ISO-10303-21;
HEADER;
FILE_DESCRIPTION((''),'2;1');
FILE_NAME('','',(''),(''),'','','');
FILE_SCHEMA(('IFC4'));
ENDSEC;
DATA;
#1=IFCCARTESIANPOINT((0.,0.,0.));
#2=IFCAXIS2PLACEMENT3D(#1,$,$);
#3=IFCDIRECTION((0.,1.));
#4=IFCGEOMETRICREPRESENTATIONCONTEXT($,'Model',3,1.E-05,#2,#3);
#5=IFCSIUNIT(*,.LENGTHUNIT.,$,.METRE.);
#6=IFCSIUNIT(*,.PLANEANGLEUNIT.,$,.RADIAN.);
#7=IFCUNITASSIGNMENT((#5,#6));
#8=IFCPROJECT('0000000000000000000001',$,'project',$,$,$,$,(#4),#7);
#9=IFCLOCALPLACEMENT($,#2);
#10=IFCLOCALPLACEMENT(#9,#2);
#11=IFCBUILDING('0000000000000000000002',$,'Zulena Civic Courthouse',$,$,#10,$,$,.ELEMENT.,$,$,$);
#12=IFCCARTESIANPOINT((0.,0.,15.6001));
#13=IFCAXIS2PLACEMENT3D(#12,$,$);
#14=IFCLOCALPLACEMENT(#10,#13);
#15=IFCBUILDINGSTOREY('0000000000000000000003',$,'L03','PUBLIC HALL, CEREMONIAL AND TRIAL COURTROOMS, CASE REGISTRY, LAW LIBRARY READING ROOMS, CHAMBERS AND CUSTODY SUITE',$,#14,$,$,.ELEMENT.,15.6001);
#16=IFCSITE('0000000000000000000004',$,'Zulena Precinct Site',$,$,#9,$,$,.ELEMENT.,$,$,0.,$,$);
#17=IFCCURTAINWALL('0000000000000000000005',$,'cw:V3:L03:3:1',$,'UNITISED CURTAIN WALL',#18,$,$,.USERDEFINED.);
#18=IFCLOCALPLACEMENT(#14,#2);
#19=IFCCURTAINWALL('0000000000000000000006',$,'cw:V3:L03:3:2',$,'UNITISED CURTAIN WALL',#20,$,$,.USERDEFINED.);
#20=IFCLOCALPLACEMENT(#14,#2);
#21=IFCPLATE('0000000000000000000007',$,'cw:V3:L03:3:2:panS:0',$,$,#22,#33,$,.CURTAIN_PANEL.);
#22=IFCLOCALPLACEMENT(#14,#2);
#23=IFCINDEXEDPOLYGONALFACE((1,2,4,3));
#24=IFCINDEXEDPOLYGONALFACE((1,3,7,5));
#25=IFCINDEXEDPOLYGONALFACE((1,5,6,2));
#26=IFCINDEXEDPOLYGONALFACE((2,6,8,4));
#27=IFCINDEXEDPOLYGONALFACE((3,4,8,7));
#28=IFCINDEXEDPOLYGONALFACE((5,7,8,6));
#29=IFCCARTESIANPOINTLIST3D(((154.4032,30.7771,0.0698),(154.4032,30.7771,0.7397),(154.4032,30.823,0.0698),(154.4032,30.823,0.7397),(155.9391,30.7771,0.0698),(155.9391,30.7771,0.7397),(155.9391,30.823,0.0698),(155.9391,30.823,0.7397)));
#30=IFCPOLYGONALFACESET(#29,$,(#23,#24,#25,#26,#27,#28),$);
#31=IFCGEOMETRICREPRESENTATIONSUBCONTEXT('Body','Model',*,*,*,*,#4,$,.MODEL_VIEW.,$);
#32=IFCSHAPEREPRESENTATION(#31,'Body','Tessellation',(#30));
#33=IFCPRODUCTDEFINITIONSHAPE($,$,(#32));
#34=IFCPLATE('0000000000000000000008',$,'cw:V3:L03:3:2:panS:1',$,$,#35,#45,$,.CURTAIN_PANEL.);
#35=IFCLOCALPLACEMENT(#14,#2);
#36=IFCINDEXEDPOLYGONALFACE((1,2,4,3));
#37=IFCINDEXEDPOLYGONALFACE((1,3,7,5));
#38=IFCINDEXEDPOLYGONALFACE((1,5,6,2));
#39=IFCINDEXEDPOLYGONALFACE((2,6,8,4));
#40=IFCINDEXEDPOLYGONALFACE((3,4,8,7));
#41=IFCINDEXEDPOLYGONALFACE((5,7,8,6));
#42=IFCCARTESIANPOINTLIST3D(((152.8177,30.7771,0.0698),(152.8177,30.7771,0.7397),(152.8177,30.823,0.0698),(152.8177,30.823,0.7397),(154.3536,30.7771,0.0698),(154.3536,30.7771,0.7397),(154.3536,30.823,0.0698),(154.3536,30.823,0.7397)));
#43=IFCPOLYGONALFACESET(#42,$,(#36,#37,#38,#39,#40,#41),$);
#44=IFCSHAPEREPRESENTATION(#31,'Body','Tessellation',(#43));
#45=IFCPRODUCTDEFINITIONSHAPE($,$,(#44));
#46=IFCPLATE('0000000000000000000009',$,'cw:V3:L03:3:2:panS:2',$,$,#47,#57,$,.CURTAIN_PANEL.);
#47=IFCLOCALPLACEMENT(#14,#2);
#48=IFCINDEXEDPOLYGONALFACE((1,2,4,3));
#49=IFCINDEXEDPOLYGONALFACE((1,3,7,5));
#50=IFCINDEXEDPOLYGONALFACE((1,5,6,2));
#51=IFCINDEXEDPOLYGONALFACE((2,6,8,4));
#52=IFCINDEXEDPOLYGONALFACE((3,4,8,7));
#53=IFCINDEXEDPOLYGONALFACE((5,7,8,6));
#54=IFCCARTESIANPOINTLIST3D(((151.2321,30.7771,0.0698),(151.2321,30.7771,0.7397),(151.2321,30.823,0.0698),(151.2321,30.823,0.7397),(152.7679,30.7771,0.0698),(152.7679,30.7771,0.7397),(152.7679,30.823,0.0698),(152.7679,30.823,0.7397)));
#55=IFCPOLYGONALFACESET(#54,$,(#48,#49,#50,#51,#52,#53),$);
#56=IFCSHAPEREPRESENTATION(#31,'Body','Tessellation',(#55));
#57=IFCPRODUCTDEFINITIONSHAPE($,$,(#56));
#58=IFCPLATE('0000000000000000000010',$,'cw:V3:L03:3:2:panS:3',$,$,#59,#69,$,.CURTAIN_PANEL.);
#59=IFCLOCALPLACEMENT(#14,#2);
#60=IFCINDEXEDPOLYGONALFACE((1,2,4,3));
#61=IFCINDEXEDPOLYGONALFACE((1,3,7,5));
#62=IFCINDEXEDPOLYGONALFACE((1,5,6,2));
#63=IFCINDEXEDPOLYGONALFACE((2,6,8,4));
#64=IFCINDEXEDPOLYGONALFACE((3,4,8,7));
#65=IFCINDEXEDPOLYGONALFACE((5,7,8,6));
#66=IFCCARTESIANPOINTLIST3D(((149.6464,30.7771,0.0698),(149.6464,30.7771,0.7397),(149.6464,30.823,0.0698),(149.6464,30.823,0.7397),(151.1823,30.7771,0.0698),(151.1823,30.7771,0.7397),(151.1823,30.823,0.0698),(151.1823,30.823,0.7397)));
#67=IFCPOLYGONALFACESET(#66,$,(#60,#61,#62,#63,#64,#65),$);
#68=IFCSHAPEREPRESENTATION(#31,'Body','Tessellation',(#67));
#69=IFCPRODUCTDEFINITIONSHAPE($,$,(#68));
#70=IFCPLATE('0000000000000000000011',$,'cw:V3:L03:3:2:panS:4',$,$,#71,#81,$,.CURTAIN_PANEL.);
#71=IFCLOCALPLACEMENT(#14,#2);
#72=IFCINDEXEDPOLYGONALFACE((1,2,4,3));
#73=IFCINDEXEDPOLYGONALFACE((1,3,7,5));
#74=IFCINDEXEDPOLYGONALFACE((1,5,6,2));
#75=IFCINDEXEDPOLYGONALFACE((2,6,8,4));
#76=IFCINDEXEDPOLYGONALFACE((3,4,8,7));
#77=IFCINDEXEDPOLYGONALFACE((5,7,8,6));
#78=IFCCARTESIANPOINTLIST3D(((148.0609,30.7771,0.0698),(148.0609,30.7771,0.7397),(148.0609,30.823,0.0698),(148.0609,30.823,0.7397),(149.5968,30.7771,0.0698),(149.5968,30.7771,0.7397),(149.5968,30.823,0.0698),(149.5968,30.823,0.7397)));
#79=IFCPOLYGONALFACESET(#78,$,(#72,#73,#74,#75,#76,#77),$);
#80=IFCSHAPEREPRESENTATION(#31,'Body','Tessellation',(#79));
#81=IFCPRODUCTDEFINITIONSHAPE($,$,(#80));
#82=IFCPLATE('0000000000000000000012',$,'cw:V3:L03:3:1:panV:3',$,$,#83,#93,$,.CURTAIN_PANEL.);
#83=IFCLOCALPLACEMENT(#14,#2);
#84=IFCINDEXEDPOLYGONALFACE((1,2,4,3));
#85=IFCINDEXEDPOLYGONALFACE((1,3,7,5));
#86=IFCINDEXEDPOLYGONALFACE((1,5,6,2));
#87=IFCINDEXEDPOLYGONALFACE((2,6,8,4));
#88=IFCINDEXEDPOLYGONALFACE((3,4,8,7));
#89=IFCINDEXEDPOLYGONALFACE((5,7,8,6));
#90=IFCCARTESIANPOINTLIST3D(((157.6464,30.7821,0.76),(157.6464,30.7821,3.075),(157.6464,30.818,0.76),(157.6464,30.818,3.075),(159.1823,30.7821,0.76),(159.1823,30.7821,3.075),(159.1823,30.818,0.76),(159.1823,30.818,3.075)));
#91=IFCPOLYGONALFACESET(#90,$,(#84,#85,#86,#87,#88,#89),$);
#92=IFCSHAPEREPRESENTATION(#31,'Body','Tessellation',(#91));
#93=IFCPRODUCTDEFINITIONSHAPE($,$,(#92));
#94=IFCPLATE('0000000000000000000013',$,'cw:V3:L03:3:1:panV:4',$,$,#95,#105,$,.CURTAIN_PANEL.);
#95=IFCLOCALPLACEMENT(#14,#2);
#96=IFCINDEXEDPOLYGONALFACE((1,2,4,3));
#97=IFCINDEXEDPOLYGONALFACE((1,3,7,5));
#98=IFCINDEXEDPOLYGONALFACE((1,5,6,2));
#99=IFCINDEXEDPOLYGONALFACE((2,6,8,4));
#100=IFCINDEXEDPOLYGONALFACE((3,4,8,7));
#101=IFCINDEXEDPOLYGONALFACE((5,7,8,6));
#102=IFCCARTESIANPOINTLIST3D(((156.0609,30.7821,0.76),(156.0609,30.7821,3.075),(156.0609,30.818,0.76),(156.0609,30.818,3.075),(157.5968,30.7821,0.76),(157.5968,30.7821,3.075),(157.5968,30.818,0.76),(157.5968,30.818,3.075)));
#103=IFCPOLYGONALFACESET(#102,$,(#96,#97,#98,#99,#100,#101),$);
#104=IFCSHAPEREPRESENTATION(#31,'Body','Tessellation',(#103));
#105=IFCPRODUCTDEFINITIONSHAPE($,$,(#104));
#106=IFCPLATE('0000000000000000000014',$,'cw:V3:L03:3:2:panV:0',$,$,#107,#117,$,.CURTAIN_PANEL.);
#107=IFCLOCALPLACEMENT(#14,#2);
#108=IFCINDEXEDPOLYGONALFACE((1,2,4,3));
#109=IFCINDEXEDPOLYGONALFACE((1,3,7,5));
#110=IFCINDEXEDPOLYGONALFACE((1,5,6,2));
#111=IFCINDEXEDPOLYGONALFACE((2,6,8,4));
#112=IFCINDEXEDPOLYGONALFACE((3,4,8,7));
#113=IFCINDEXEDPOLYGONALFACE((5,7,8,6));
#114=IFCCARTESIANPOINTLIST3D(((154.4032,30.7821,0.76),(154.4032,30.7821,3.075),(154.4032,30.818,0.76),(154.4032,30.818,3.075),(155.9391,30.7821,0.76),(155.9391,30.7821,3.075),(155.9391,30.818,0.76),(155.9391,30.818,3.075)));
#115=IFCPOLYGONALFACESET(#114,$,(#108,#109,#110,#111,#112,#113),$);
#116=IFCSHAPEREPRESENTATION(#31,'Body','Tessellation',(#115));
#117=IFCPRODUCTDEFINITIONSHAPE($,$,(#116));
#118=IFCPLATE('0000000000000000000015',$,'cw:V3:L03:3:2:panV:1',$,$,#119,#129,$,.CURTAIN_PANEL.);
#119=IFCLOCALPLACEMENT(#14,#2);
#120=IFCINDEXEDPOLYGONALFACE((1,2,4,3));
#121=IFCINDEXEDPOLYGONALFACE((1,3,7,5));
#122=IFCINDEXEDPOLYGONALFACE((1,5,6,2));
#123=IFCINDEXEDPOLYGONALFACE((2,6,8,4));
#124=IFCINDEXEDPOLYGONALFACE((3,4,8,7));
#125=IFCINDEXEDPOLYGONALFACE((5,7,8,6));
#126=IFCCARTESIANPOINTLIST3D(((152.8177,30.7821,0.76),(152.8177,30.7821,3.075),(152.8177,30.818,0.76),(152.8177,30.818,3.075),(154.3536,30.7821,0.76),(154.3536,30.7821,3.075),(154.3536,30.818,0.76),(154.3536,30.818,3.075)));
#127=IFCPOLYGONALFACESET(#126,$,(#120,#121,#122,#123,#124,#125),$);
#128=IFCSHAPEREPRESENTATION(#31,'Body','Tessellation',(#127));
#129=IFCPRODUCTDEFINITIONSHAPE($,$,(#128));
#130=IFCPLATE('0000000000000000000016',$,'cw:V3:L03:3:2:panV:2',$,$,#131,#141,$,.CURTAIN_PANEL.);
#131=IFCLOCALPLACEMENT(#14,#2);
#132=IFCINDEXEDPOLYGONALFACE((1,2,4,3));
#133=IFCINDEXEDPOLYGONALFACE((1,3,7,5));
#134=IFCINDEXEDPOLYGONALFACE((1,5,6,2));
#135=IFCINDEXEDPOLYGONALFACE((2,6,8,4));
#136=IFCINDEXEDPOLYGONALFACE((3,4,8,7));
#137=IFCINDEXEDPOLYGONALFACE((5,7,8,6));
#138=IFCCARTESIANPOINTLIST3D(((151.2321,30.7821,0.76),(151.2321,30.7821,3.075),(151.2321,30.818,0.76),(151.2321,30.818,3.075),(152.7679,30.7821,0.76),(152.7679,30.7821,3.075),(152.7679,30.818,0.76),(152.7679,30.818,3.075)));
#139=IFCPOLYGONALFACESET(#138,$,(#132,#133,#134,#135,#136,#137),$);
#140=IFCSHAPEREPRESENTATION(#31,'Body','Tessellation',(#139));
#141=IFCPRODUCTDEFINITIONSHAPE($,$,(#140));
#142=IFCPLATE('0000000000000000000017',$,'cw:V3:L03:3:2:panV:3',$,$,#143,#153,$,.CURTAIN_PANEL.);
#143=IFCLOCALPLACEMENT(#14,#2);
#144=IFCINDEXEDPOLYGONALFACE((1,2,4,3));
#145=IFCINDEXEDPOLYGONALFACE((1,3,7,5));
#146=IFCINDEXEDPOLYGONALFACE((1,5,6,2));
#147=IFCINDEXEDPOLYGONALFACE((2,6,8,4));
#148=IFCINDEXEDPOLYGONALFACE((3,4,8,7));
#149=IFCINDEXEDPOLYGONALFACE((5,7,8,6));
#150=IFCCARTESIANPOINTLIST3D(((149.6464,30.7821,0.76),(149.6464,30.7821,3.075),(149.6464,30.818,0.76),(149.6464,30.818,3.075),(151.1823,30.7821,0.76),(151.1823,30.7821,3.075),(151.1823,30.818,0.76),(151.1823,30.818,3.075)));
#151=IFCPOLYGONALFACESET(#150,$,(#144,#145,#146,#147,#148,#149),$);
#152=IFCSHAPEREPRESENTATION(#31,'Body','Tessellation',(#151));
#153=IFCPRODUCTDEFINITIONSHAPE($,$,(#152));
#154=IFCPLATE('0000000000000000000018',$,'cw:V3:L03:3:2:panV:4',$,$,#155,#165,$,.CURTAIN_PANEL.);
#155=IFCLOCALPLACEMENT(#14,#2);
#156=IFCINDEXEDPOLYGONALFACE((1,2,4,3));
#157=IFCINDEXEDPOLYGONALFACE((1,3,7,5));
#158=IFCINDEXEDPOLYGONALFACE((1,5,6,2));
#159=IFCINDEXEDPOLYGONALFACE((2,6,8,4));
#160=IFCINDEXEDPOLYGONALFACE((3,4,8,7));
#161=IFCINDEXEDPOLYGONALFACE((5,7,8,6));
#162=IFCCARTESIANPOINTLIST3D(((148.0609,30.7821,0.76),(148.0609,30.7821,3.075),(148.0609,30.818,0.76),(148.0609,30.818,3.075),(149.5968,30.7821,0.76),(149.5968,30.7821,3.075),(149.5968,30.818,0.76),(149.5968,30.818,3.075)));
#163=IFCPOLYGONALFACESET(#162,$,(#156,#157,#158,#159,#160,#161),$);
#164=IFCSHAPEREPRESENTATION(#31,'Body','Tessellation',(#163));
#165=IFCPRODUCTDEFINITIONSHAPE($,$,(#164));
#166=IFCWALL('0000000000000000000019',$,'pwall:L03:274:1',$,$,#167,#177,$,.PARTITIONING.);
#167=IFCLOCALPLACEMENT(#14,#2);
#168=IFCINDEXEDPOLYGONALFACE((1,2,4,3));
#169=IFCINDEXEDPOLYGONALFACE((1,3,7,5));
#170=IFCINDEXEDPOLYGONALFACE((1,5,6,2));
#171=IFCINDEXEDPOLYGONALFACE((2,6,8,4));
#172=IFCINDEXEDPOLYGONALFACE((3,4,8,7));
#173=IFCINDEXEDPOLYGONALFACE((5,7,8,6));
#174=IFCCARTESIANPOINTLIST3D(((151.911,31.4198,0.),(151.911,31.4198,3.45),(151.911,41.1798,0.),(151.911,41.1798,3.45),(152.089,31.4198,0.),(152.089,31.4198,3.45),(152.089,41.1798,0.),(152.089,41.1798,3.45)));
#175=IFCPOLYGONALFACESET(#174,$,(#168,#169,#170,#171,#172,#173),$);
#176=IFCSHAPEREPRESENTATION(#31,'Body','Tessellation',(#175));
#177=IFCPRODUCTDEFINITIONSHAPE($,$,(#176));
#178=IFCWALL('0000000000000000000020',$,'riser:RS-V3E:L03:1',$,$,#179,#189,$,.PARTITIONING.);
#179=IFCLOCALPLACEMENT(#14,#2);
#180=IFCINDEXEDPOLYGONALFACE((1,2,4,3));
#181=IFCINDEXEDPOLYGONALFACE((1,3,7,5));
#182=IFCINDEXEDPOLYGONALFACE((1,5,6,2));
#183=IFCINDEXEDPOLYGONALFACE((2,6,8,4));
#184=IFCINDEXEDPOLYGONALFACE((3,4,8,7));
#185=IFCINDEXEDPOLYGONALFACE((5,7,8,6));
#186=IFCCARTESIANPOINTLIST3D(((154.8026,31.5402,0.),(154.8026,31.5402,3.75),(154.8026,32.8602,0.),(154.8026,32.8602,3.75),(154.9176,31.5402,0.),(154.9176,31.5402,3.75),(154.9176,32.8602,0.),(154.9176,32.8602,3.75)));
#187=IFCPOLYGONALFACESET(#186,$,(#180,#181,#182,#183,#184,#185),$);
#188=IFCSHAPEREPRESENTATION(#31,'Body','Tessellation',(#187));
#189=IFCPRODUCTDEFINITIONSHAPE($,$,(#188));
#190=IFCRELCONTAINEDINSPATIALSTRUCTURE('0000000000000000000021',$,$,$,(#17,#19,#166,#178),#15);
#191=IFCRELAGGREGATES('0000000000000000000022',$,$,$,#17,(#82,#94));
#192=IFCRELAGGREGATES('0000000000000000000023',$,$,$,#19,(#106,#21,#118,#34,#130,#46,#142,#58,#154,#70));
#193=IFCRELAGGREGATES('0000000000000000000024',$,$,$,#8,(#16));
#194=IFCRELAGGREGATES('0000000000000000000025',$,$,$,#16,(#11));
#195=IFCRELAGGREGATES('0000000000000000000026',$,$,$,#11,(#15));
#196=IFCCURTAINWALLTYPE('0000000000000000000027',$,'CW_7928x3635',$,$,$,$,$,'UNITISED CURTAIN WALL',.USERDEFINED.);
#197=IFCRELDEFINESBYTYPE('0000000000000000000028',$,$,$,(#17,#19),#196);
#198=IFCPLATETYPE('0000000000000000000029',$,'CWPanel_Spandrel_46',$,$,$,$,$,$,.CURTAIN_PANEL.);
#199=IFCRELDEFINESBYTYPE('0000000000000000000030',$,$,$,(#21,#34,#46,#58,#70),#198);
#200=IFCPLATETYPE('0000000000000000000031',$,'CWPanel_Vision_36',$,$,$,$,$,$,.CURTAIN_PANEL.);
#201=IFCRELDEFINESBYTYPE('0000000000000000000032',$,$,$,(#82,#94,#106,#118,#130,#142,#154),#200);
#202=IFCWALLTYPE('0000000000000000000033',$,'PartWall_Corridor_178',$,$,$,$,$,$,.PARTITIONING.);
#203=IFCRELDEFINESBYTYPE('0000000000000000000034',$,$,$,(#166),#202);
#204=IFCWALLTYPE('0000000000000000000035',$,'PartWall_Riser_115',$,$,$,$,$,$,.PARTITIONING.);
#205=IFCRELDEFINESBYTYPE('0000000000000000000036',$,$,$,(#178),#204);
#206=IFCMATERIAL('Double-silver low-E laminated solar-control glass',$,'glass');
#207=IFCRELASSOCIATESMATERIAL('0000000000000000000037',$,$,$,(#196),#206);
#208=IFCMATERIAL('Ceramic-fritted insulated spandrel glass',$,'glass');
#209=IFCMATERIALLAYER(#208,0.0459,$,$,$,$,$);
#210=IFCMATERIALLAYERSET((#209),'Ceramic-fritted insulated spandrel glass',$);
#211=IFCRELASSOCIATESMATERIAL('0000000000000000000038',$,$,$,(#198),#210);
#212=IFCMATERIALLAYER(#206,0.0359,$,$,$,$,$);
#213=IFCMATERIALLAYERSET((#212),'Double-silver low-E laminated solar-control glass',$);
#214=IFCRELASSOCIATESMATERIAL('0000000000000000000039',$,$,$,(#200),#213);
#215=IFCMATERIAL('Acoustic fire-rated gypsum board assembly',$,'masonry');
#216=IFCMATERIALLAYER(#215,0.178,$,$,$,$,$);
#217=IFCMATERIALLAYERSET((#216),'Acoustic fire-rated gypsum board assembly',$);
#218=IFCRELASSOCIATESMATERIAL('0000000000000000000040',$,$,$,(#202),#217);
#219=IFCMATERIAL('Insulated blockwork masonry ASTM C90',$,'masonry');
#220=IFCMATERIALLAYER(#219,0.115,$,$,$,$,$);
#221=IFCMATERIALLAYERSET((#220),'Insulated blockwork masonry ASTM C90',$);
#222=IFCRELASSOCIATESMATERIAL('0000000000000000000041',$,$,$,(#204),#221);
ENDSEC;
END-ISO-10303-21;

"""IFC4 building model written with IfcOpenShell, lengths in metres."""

from ifc_helpers import new_model, si_unit, direction, frame, frame_2d, origin, origin_2d, place, context, subcontext, project, spatial, rectangle, extrude, material, layer, layer_set, type_object, element, aggregate, save


model = new_model("IFC4")

# Units and contexts
model_context = context("Model", 3, precision=1e-05, world=origin(), true_north=direction((0.0, 1.0)))
body_context = subcontext(model_context, "Body", "Model", "MODEL_VIEW")
ifc_project = project(units=[si_unit("LENGTHUNIT", "METRE"), si_unit("PLANEANGLEUNIT", "RADIAN")], contexts=[model_context])

# Site, building, storey
site_placement = place(None, origin())
site = spatial("IfcSite", under=ifc_project, at=site_placement, Name="Zulena Precinct Site", CompositionType="ELEMENT", RefElevation=0.0)
building_placement = place(site_placement, origin())
building = spatial("IfcBuilding", under=site, at=building_placement, Name="Zulena Civic Courthouse", CompositionType="ELEMENT")
storey_placement = place(building_placement, frame((0.0, 0.0, 15.6001)))
storey = spatial("IfcBuildingStorey", under=building, at=storey_placement, Name="L03", Description="PUBLIC HALL, CEREMONIAL AND TRIAL COURTROOMS, CASE REGISTRY, LAW LIBRARY READING ROOMS, CHAMBERS AND CUSTODY SUITE", CompositionType="ELEMENT", Elevation=15.6001)

# Curtain walls
ifc_material_1 = material(Name="Double-silver low-E laminated solar-control glass", Category="glass")
curtain_wall_type = type_object("IfcCurtainWallType", Name="CW_7928x3635", ElementType="UNITISED CURTAIN WALL", PredefinedType="USERDEFINED", material=ifc_material_1)
curtain_wall_1_placement = place(storey_placement, origin())
curtain_wall_1 = element("IfcCurtainWall", 1, at=curtain_wall_1_placement, inside=storey, type_object=curtain_wall_type, Name="cw:V3:L03:3:1", ObjectType="UNITISED CURTAIN WALL", PredefinedType="USERDEFINED")
curtain_wall_2_placement = place(storey_placement, origin())
curtain_wall_2 = element("IfcCurtainWall", 2, at=curtain_wall_2_placement, inside=storey, type_object=curtain_wall_type, Name="cw:V3:L03:3:2", ObjectType="UNITISED CURTAIN WALL", PredefinedType="USERDEFINED")

# Plates
ifc_material_2 = material(Name="Ceramic-fritted insulated spandrel glass", Category="glass")
ifc_layer_1 = layer(ifc_material_2, 0.0459)
ifc_layer_set_1 = layer_set([ifc_layer_1], Name="Ceramic-fritted insulated spandrel glass")
plate_type_1 = type_object("IfcPlateType", Name="CWPanel_Spandrel_46", PredefinedType="CURTAIN_PANEL", material=ifc_layer_set_1)
plate_1_placement = place(storey_placement, frame((155.1711, 30.8, 0.0698), z_axis=(0.0, 0.0, 1.0), x_axis=(-1.0, 0.0, 0.0)))
plate_1 = element("IfcPlate", 3, at=plate_1_placement, type_object=plate_type_1, Name="cw:V3:L03:3:2:panS:0", PredefinedType="CURTAIN_PANEL", context=body_context, shape_type="SweptSolid", body=[
    extrude(rectangle(XDim=1.5359, YDim=0.0459, at=origin_2d()), origin(), (0.0, 0.0, 1.0), 0.6699),
])
plate_2_placement = place(storey_placement, frame((153.5857, 30.8, 0.0698), z_axis=(0.0, 0.0, 1.0), x_axis=(-1.0, 0.0, 0.0)))
plate_2 = element("IfcPlate", 4, at=plate_2_placement, type_object=plate_type_1, Name="cw:V3:L03:3:2:panS:1", PredefinedType="CURTAIN_PANEL", context=body_context, shape_type="SweptSolid", body=[
    extrude(rectangle(XDim=1.5359, YDim=0.0459, at=origin_2d()), origin(), (0.0, 0.0, 1.0), 0.6699),
])
plate_3_placement = place(storey_placement, frame((152.0, 30.8, 0.0698), z_axis=(0.0, 0.0, 1.0), x_axis=(-1.0, 0.0, 0.0)))
plate_3 = element("IfcPlate", 5, at=plate_3_placement, type_object=plate_type_1, Name="cw:V3:L03:3:2:panS:2", PredefinedType="CURTAIN_PANEL", context=body_context, shape_type="SweptSolid", body=[
    extrude(rectangle(XDim=1.5359, YDim=0.0459, at=origin_2d()), origin(), (0.0, 0.0, 1.0), 0.6699),
])
plate_4_placement = place(storey_placement, frame((150.4143, 30.8, 0.0698), z_axis=(0.0, 0.0, 1.0), x_axis=(-1.0, 0.0, 0.0)))
plate_4 = element("IfcPlate", 6, at=plate_4_placement, type_object=plate_type_1, Name="cw:V3:L03:3:2:panS:3", PredefinedType="CURTAIN_PANEL", context=body_context, shape_type="SweptSolid", body=[
    extrude(rectangle(XDim=1.5359, YDim=0.0459, at=origin_2d()), origin(), (0.0, 0.0, 1.0), 0.6699),
])
plate_5_placement = place(storey_placement, frame((148.8289, 30.8, 0.0698), z_axis=(0.0, 0.0, 1.0), x_axis=(-1.0, 0.0, 0.0)))
plate_5 = element("IfcPlate", 7, at=plate_5_placement, type_object=plate_type_1, Name="cw:V3:L03:3:2:panS:4", PredefinedType="CURTAIN_PANEL", context=body_context, shape_type="SweptSolid", body=[
    extrude(rectangle(XDim=1.5359, YDim=0.0459, at=origin_2d()), origin(), (0.0, 0.0, 1.0), 0.6699),
])
ifc_layer_2 = layer(ifc_material_1, 0.0359)
ifc_layer_set_2 = layer_set([ifc_layer_2], Name="Double-silver low-E laminated solar-control glass")
plate_type_2 = type_object("IfcPlateType", Name="CWPanel_Vision_36", PredefinedType="CURTAIN_PANEL", material=ifc_layer_set_2)
plate_6_placement = place(storey_placement, frame((158.4143, 30.8, 0.76), z_axis=(0.0, 0.0, 1.0), x_axis=(-1.0, 0.0, 0.0)))
plate_6 = element("IfcPlate", 8, at=plate_6_placement, type_object=plate_type_2, Name="cw:V3:L03:3:1:panV:3", PredefinedType="CURTAIN_PANEL", context=body_context, shape_type="SweptSolid", body=[
    extrude(rectangle(XDim=1.5359, YDim=0.0359, at=origin_2d()), origin(), (0.0, 0.0, 1.0), 2.3149),
])
plate_7_placement = place(storey_placement, frame((156.8289, 30.8, 0.76), z_axis=(0.0, 0.0, 1.0), x_axis=(-1.0, 0.0, 0.0)))
plate_7 = element("IfcPlate", 9, at=plate_7_placement, type_object=plate_type_2, Name="cw:V3:L03:3:1:panV:4", PredefinedType="CURTAIN_PANEL", context=body_context, shape_type="SweptSolid", body=[
    extrude(rectangle(XDim=1.5359, YDim=0.0359, at=origin_2d()), origin(), (0.0, 0.0, 1.0), 2.3149),
])
aggregate(curtain_wall_1, [plate_6, plate_7])
plate_8_placement = place(storey_placement, frame((155.1711, 30.8, 0.76), z_axis=(0.0, 0.0, 1.0), x_axis=(-1.0, 0.0, 0.0)))
plate_8 = element("IfcPlate", 10, at=plate_8_placement, type_object=plate_type_2, Name="cw:V3:L03:3:2:panV:0", PredefinedType="CURTAIN_PANEL", context=body_context, shape_type="SweptSolid", body=[
    extrude(rectangle(XDim=1.5359, YDim=0.0359, at=origin_2d()), origin(), (0.0, 0.0, 1.0), 2.3149),
])
plate_9_placement = place(storey_placement, frame((153.5857, 30.8, 0.76), z_axis=(0.0, 0.0, 1.0), x_axis=(-1.0, 0.0, 0.0)))
plate_9 = element("IfcPlate", 11, at=plate_9_placement, type_object=plate_type_2, Name="cw:V3:L03:3:2:panV:1", PredefinedType="CURTAIN_PANEL", context=body_context, shape_type="SweptSolid", body=[
    extrude(rectangle(XDim=1.5359, YDim=0.0359, at=origin_2d()), origin(), (0.0, 0.0, 1.0), 2.3149),
])
plate_10_placement = place(storey_placement, frame((152.0, 30.8, 0.76), z_axis=(0.0, 0.0, 1.0), x_axis=(-1.0, 0.0, 0.0)))
plate_10 = element("IfcPlate", 12, at=plate_10_placement, type_object=plate_type_2, Name="cw:V3:L03:3:2:panV:2", PredefinedType="CURTAIN_PANEL", context=body_context, shape_type="SweptSolid", body=[
    extrude(rectangle(XDim=1.5359, YDim=0.0359, at=origin_2d()), origin(), (0.0, 0.0, 1.0), 2.3149),
])
plate_11_placement = place(storey_placement, frame((150.4143, 30.8, 0.76), z_axis=(0.0, 0.0, 1.0), x_axis=(-1.0, 0.0, 0.0)))
plate_11 = element("IfcPlate", 13, at=plate_11_placement, type_object=plate_type_2, Name="cw:V3:L03:3:2:panV:3", PredefinedType="CURTAIN_PANEL", context=body_context, shape_type="SweptSolid", body=[
    extrude(rectangle(XDim=1.5359, YDim=0.0359, at=origin_2d()), origin(), (0.0, 0.0, 1.0), 2.3149),
])
plate_12_placement = place(storey_placement, frame((148.8289, 30.8, 0.76), z_axis=(0.0, 0.0, 1.0), x_axis=(-1.0, 0.0, 0.0)))
plate_12 = element("IfcPlate", 14, at=plate_12_placement, type_object=plate_type_2, Name="cw:V3:L03:3:2:panV:4", PredefinedType="CURTAIN_PANEL", context=body_context, shape_type="SweptSolid", body=[
    extrude(rectangle(XDim=1.5359, YDim=0.0359, at=origin_2d()), origin(), (0.0, 0.0, 1.0), 2.3149),
])
aggregate(curtain_wall_2, [plate_8, plate_1, plate_9, plate_2, plate_10, plate_3, plate_11, plate_4, plate_12, plate_5])

# Walls
ifc_material_3 = material(Name="Acoustic fire-rated gypsum board assembly", Category="masonry")
ifc_layer_3 = layer(ifc_material_3, 0.178)
ifc_layer_set_3 = layer_set([ifc_layer_3], Name="Acoustic fire-rated gypsum board assembly")
wall_type_1 = type_object("IfcWallType", Name="PartWall_Corridor_178", PredefinedType="PARTITIONING", material=ifc_layer_set_3)
wall_placement = place(storey_placement, frame((152.0, 31.4199, 0.0), z_axis=(0.0, 0.0, 1.0), x_axis=(0.0, 1.0, 0.0)))
element("IfcWall", 15, at=wall_placement, inside=storey, type_object=wall_type_1, Name="pwall:L03:274:1", PredefinedType="PARTITIONING", context=body_context, shape_type="SweptSolid", body=[
    extrude(rectangle(XDim=9.76, YDim=0.178, at=frame_2d((4.8799, 0.0))), origin(), (0.0, 0.0, 1.0), 3.45),
])
ifc_material_4 = material(Name="Insulated blockwork masonry ASTM C90", Category="masonry")
ifc_layer_4 = layer(ifc_material_4, 0.115)
ifc_layer_set_4 = layer_set([ifc_layer_4], Name="Insulated blockwork masonry ASTM C90")
wall_type_2 = type_object("IfcWallType", Name="PartWall_Riser_115", PredefinedType="PARTITIONING", material=ifc_layer_set_4)
for number, where, z_axis, x_axis, name in (
    (16, (154.8601, 31.54, 0.0), (0.0, 0.0, 1.0), (0.0, 1.0, 0.0), "riser:RS-V3E:L03:1"),
):
    element("IfcWall", number, at=place(storey_placement, frame(where, z_axis=z_axis, x_axis=x_axis)), inside=storey, type_object=wall_type_2, Name=name, PredefinedType="PARTITIONING", context=body_context, shape_type="SweptSolid", body=[
        extrude(rectangle(XDim=1.3201, YDim=0.115, at=frame_2d((0.6602, 0.0))), origin(), (0.0, 0.0, 1.0), 3.75),
    ])

save(model, "model.ifc")
